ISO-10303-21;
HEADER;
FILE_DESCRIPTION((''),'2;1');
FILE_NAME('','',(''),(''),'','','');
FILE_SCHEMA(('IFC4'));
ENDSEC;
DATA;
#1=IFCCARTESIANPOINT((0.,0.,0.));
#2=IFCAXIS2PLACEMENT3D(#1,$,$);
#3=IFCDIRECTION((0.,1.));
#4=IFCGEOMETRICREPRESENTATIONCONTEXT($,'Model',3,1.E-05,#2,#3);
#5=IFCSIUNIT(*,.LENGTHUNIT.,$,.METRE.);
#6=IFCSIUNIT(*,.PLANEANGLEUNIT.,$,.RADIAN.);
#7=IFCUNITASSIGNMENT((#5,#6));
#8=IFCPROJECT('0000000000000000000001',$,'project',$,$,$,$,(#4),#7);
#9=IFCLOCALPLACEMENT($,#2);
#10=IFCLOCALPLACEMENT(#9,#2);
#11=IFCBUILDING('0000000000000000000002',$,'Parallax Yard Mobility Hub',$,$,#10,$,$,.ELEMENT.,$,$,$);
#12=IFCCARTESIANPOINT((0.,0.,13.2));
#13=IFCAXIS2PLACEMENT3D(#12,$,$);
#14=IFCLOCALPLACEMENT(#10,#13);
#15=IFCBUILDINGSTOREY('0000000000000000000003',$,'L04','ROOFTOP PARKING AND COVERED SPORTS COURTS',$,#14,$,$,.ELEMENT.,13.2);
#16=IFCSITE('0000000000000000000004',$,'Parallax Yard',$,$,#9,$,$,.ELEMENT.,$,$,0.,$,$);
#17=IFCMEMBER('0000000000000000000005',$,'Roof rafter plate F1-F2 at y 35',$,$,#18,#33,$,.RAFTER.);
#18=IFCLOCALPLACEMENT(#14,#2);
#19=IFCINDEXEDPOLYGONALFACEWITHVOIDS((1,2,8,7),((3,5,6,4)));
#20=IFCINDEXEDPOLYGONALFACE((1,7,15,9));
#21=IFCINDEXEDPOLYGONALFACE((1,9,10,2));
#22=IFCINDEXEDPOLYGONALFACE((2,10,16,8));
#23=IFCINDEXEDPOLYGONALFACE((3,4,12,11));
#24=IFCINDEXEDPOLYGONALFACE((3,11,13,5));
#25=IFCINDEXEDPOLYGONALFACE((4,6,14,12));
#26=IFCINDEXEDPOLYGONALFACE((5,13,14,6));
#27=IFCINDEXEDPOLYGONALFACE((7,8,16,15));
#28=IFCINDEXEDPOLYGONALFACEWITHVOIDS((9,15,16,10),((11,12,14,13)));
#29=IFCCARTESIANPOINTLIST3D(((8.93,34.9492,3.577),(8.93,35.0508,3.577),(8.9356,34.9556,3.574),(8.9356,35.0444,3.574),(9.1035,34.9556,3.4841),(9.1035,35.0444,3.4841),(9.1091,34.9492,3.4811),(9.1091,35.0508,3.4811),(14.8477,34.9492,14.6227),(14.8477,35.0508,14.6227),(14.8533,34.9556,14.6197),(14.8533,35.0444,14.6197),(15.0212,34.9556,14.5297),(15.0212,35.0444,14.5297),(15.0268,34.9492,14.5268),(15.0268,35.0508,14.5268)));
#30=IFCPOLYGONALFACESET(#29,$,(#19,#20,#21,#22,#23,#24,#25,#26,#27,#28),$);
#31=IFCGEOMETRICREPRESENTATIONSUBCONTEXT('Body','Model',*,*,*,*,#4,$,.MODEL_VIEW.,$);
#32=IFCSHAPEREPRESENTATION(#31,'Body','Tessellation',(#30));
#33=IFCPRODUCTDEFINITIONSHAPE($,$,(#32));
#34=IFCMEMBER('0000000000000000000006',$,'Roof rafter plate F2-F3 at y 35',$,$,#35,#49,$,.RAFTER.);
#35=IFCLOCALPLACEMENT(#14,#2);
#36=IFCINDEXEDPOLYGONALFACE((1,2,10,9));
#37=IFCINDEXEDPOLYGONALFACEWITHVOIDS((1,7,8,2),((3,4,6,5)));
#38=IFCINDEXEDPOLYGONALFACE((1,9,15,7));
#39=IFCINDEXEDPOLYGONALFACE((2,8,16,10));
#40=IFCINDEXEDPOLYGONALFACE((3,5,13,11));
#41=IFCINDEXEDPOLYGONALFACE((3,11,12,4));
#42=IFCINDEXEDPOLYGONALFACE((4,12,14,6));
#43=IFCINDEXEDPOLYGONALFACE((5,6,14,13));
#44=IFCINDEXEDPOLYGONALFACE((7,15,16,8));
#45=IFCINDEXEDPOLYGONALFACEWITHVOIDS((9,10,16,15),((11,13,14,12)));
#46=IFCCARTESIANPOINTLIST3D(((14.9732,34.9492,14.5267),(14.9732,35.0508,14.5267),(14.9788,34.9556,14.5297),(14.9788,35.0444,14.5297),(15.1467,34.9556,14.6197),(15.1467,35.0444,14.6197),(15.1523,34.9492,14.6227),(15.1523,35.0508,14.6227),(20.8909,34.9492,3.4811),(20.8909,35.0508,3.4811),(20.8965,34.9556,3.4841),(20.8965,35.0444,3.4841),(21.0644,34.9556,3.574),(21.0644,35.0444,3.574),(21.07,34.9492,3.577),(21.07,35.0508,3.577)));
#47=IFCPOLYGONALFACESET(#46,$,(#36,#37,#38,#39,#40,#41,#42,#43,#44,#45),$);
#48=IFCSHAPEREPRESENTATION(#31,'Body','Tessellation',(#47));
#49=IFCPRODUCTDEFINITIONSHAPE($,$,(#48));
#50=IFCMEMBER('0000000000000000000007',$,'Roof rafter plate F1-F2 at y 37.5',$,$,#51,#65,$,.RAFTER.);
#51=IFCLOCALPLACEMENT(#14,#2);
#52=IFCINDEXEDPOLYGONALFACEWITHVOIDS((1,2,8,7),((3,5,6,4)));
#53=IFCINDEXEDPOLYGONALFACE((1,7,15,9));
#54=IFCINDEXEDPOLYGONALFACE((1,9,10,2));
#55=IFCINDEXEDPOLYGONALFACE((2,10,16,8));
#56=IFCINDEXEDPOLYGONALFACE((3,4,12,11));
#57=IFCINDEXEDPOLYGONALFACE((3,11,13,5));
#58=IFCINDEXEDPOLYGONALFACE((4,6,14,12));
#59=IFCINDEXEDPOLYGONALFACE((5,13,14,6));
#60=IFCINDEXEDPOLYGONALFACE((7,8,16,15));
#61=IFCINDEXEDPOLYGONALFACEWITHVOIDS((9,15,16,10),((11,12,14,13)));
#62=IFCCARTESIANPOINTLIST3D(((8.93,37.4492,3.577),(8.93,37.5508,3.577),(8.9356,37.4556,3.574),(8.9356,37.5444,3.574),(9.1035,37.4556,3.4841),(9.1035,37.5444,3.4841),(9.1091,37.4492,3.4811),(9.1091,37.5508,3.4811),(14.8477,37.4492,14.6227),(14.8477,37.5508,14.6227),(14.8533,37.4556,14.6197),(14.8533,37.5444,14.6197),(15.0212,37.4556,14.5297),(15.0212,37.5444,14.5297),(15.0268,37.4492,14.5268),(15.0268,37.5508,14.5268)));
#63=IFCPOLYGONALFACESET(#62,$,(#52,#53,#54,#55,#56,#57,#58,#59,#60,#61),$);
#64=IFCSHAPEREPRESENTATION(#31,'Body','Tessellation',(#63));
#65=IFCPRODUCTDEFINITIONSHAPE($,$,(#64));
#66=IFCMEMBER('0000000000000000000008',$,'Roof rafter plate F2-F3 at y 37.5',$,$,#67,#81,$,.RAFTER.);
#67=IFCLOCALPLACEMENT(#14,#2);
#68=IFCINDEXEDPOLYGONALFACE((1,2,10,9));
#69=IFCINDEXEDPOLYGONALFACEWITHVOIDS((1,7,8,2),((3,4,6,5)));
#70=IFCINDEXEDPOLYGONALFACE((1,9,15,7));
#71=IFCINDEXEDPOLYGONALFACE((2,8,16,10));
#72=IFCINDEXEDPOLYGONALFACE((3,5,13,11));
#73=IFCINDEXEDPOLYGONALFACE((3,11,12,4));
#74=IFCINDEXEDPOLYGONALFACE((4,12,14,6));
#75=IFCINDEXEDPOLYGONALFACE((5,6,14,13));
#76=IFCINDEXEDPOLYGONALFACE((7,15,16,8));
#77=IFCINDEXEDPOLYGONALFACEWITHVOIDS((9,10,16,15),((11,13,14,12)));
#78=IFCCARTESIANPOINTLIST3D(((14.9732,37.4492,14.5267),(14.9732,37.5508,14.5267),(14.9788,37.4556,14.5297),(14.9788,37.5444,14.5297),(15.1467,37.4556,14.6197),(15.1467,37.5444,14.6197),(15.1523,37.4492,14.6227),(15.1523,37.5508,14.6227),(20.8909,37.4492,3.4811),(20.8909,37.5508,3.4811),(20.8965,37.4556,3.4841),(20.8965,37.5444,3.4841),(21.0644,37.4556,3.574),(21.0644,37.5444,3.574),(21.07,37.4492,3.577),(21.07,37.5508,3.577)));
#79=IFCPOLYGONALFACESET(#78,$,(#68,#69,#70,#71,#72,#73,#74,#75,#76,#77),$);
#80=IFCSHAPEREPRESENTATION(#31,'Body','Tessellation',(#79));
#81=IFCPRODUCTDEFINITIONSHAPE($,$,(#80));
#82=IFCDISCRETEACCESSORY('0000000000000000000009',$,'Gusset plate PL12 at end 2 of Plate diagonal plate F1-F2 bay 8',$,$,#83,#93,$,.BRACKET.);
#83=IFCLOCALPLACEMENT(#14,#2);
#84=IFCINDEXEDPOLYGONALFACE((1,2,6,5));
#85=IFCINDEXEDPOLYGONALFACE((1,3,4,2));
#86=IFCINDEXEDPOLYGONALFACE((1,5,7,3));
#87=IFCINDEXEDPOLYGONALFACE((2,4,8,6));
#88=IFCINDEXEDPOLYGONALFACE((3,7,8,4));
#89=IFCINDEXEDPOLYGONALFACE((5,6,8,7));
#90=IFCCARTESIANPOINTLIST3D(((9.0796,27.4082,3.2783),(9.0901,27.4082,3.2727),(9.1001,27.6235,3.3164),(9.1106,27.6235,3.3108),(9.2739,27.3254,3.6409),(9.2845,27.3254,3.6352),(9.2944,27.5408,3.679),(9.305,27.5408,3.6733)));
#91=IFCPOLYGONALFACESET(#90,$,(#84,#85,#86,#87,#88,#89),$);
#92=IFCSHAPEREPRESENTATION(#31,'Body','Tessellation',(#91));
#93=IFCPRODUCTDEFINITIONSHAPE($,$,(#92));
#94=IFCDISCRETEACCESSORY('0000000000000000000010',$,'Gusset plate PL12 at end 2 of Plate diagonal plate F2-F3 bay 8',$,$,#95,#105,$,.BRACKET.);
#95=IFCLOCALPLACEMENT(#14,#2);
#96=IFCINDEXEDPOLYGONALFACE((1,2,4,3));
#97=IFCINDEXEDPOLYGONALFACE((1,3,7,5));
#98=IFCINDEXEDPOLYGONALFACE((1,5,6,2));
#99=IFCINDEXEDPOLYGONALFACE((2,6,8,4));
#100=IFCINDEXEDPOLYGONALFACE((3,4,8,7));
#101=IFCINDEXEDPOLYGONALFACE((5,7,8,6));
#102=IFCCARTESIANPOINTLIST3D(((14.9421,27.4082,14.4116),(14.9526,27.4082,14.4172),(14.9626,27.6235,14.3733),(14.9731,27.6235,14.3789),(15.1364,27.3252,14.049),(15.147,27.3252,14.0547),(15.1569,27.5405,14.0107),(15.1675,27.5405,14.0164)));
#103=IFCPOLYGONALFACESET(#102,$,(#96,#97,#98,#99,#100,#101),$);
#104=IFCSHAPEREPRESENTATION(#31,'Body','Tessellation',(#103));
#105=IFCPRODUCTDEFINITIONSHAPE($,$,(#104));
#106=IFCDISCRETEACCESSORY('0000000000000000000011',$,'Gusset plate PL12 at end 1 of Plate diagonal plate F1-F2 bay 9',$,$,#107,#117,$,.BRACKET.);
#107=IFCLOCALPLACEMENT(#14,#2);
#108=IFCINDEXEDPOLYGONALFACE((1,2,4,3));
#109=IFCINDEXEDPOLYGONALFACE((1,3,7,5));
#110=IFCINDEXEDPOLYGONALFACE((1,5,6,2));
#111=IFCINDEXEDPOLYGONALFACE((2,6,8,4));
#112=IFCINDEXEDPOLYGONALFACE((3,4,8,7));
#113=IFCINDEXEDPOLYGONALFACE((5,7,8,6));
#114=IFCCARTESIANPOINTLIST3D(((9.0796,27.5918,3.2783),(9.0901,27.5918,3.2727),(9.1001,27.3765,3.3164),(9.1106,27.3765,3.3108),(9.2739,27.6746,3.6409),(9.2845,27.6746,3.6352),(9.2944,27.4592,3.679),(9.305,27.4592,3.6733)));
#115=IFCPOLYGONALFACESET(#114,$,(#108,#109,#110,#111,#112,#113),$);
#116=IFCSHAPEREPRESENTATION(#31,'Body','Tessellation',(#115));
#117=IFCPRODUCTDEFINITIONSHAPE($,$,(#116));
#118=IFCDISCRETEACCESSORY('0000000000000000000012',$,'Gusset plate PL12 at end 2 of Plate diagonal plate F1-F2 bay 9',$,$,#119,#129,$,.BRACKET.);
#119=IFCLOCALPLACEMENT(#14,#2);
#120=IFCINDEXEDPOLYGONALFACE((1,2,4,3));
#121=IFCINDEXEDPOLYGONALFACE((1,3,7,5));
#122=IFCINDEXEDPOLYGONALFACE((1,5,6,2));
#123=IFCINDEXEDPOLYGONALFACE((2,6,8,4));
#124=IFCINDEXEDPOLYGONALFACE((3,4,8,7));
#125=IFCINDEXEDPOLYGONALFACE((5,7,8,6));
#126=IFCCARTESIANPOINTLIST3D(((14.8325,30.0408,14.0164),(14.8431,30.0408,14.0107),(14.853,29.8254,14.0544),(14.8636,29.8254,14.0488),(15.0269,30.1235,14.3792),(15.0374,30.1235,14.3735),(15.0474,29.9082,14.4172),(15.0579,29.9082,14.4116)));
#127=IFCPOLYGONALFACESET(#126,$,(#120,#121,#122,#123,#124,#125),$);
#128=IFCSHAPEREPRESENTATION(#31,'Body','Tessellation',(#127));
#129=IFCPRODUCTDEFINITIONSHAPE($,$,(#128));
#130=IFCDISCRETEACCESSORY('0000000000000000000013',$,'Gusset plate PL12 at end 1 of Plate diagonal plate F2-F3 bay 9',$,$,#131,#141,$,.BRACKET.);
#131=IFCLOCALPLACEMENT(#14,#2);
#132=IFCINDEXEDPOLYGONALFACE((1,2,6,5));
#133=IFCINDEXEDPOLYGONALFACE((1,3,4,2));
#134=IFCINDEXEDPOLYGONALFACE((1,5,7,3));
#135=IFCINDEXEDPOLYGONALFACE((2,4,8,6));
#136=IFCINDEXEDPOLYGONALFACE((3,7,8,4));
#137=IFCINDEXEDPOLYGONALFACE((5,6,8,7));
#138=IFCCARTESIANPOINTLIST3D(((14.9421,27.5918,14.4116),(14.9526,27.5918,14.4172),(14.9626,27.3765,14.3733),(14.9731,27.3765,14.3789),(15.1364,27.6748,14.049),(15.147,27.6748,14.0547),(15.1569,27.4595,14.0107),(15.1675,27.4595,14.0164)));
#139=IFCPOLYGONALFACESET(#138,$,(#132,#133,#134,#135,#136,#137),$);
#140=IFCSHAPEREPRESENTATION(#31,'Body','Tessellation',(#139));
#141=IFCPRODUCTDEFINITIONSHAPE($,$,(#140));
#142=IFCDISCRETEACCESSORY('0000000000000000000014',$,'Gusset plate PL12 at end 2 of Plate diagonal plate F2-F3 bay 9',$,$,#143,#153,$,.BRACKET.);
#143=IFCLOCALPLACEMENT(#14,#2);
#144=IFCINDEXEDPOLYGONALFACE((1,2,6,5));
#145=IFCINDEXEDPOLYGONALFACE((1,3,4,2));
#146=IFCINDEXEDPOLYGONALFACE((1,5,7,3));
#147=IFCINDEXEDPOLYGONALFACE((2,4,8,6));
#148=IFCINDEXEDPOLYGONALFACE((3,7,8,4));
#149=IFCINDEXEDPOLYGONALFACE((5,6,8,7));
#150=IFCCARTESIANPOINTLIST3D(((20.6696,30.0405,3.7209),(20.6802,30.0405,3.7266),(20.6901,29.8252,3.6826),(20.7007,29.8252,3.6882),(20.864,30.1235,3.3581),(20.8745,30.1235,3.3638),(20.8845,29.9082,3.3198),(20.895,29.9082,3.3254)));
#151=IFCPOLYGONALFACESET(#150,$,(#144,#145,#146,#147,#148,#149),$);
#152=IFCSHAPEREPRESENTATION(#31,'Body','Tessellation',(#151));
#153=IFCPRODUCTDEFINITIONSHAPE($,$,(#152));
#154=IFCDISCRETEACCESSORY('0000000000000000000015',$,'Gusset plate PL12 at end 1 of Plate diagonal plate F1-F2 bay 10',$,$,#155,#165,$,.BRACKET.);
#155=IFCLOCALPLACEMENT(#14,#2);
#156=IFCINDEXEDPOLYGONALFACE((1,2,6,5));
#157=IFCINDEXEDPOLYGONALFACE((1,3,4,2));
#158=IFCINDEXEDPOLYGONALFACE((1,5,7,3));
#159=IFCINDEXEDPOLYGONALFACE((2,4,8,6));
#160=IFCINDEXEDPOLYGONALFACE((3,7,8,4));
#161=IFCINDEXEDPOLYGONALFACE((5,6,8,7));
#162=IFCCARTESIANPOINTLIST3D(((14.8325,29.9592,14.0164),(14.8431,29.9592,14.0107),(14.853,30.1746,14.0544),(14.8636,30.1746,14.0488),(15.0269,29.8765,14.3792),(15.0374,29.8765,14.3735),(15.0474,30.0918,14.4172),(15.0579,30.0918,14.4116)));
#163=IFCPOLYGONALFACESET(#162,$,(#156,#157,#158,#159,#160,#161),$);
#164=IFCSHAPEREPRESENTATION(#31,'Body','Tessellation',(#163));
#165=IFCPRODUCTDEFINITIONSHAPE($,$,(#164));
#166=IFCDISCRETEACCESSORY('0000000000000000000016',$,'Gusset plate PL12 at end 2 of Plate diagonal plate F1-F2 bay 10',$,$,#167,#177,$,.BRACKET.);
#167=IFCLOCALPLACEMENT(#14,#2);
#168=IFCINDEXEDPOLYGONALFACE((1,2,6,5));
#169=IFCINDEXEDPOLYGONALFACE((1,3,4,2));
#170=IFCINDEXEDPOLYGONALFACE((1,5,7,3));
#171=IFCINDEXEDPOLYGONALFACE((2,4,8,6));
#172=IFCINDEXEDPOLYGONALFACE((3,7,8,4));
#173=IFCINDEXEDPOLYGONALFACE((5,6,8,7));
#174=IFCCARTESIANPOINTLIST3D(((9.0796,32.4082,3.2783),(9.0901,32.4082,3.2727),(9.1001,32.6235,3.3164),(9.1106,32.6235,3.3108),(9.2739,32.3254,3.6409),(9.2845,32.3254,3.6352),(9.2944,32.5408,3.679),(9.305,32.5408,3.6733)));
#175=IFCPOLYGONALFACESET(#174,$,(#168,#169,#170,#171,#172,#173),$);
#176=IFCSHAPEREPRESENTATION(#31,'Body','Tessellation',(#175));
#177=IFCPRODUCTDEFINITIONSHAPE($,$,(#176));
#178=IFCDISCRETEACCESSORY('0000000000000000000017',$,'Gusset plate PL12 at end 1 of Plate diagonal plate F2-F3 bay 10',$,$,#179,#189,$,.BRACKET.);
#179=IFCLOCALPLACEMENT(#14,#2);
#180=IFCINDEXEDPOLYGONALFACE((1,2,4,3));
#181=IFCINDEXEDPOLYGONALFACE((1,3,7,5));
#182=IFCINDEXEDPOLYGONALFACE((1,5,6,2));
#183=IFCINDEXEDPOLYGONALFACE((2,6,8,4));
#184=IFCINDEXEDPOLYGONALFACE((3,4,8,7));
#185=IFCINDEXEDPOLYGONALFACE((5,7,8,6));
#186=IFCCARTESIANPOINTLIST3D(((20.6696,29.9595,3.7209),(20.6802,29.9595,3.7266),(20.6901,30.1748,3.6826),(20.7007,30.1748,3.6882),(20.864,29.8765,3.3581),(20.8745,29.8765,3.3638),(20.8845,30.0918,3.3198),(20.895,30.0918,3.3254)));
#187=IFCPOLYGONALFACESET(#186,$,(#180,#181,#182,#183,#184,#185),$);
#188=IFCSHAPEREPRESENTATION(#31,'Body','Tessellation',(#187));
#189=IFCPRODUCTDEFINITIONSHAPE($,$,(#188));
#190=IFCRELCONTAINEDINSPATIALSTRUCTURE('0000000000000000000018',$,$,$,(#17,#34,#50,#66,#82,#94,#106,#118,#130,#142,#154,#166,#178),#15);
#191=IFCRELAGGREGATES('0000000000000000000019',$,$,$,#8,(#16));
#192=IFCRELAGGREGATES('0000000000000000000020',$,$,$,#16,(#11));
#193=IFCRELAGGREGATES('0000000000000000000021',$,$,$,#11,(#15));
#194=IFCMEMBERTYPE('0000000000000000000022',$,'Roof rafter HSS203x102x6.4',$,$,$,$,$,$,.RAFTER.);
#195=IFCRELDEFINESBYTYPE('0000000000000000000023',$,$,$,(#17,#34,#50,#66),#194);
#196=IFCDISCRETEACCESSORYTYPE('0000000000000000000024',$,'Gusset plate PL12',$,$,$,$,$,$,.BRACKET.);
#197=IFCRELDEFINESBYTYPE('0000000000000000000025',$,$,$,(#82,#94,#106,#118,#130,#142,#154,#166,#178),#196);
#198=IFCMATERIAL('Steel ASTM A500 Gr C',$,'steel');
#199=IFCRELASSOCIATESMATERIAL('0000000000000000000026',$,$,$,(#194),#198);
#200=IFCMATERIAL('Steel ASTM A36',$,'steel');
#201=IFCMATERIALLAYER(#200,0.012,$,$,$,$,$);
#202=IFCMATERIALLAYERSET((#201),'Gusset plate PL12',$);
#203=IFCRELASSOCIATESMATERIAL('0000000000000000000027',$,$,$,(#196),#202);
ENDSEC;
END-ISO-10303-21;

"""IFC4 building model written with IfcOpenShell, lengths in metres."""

from ifc_helpers import new_model, si_unit, direction, frame, origin, origin_2d, place, context, subcontext, project, spatial, polyline, hollow_rectangle, outline, extrude, material, layer, layer_set, material_profile, profile_set, type_object, element, save


model = new_model("IFC4")

# Units and contexts
model_context = context("Model", 3, precision=1e-05, world=origin(), true_north=direction((0.0, 1.0)))
body_context = subcontext(model_context, "Body", "Model", "MODEL_VIEW")
ifc_project = project(units=[si_unit("LENGTHUNIT", "METRE"), si_unit("PLANEANGLEUNIT", "RADIAN")], contexts=[model_context])

# Site, building, storey
site_placement = place(None, origin())
site = spatial("IfcSite", under=ifc_project, at=site_placement, Name="Parallax Yard", CompositionType="ELEMENT", RefElevation=0.0)
building_placement = place(site_placement, origin())
building = spatial("IfcBuilding", under=site, at=building_placement, Name="Parallax Yard Mobility Hub", CompositionType="ELEMENT")
storey_placement = place(building_placement, frame((0.0, 0.0, 13.2)))
storey = spatial("IfcBuildingStorey", under=building, at=storey_placement, Name="L04", Description="ROOFTOP PARKING AND COVERED SPORTS COURTS", CompositionType="ELEMENT", Elevation=13.2)

# Members
ifc_material_1 = material(Name="Steel ASTM A500 Gr C", Category="steel")
ifc_material_profile_1 = material_profile(ifc_material_1, hollow_rectangle(XDim=0.1016, YDim=0.2031, WallThickness=0.0063, at=origin_2d()), Name="HSS203x102x6.4")
ifc_profile_set_1 = profile_set([ifc_material_profile_1], Name="Steel ASTM A500 Gr C")
member_type_1 = type_object("IfcMemberType", Name="Roof rafter HSS203x102x6.4", PredefinedType="RAFTER", material=ifc_profile_set_1)
for number, where, z_axis, x_axis, name in (
    (1, (9.0195, 35.0, 3.5291), (0.472247, 0.0, 0.881466), (0.0, 1.0, 0.0), "Roof rafter plate F1-F2 at y 35"),
    (2, (15.0627, 35.0, 14.5747), (0.472247, 0.0, -0.881466), (0.0, 1.0, 0.0), "Roof rafter plate F2-F3 at y 35"),
    (3, (9.0195, 37.5, 3.5291), (0.472247, 0.0, 0.881466), (0.0, 1.0, 0.0), "Roof rafter plate F1-F2 at y 37.5"),
    (4, (15.0627, 37.5, 14.5747), (0.472247, 0.0, -0.881466), (0.0, 1.0, 0.0), "Roof rafter plate F2-F3 at y 37.5"),
):
    element("IfcMember", number, at=place(storey_placement, frame(where, z_axis=z_axis, x_axis=x_axis)), inside=storey, type_object=member_type_1, Name=name, PredefinedType="RAFTER", context=body_context, shape_type="SweptSolid", body=[
        extrude(hollow_rectangle(XDim=0.1016, YDim=0.2031, WallThickness=0.0063, at=origin_2d()), origin(), (0.0, 0.0, 1.0), 12.531),
    ])

# Discrete accessories
ifc_material_2 = material(Name="Steel ASTM A36", Category="steel")
ifc_layer = layer(ifc_material_2, 0.012)
ifc_layer_set = layer_set([ifc_layer], Name="Gusset plate PL12")
discrete_accessory_type = type_object("IfcDiscreteAccessoryType", Name="Gusset plate PL12", PredefinedType="BRACKET", material=ifc_layer_set)
discrete_accessory_1_placement = place(storey_placement, frame((9.2944, 27.5408, 3.679), z_axis=(-0.881331, 0.000365, 0.4725), x_axis=(-0.463154, 0.197248, -0.86405)))
element("IfcDiscreteAccessory", 5, at=discrete_accessory_1_placement, inside=storey, type_object=discrete_accessory_type, Name="Gusset plate PL12 at end 2 of Plate diagonal plate F1-F2 bay 8", PredefinedType="BRACKET", context=body_context, shape_type="SweptSolid", body=[
    extrude(outline(polyline([(0.0, 0.0), (0.4196, 0.0), (0.4195, 0.2196), (-0.0001, 0.2196), (0.0, 0.0)])), origin(), (0.0, 0.0, -1.0), 0.012),
])
discrete_accessory_2_placement = place(storey_placement, frame((15.1675, 27.5405, 14.0164), z_axis=(0.88138, 0.00015, 0.472409), x_axis=(-0.463101, 0.197807, 0.86395)))
element("IfcDiscreteAccessory", 6, at=discrete_accessory_2_placement, inside=storey, type_object=discrete_accessory_type, Name="Gusset plate PL12 at end 2 of Plate diagonal plate F2-F3 bay 8", PredefinedType="BRACKET", context=body_context, shape_type="SweptSolid", body=[
    extrude(outline(polyline([(0.0, 0.0), (0.4196, 0.0), (0.4197, 0.2197), (0.0, 0.2197), (0.0, 0.0)])), origin(), (0.0, 0.0, -1.0), 0.012),
])
discrete_accessory_3_placement = place(storey_placement, frame((9.2739, 27.6746, 3.6409), z_axis=(-0.881331, -0.000365, 0.4725), x_axis=(-0.463154, -0.197248, -0.86405)))
element("IfcDiscreteAccessory", 7, at=discrete_accessory_3_placement, inside=storey, type_object=discrete_accessory_type, Name="Gusset plate PL12 at end 1 of Plate diagonal plate F1-F2 bay 9", PredefinedType="BRACKET", context=body_context, shape_type="SweptSolid", body=[
    extrude(outline(polyline([(0.0, 0.0), (0.4196, 0.0), (0.4197, 0.2196), (0.0001, 0.2196), (0.0, 0.0)])), origin(), (0.0, 0.0, -1.0), 0.012),
])
discrete_accessory_4_placement = place(storey_placement, frame((14.853, 29.8254, 14.0544), z_axis=(-0.881458, -0.000419, 0.472263), x_axis=(0.462921, 0.197149, 0.864197)))
element("IfcDiscreteAccessory", 8, at=discrete_accessory_4_placement, inside=storey, type_object=discrete_accessory_type, Name="Gusset plate PL12 at end 2 of Plate diagonal plate F1-F2 bay 9", PredefinedType="BRACKET", context=body_context, shape_type="SweptSolid", body=[
    extrude(outline(polyline([(0.0, 0.0), (0.4198, 0.0), (0.4198, 0.2196), (0.0, 0.2196), (0.0, 0.0)])), origin(), (0.0, 0.0, -1.0), 0.012),
])
discrete_accessory_5_placement = place(storey_placement, frame((15.147, 27.6748, 14.0547), z_axis=(0.88138, -0.00015, 0.472409), x_axis=(-0.463101, -0.197807, 0.86395)))
element("IfcDiscreteAccessory", 9, at=discrete_accessory_5_placement, inside=storey, type_object=discrete_accessory_type, Name="Gusset plate PL12 at end 1 of Plate diagonal plate F2-F3 bay 9", PredefinedType="BRACKET", context=body_context, shape_type="SweptSolid", body=[
    extrude(outline(polyline([(0.0, 0.0), (0.4196, 0.0), (0.4196, 0.2197), (0.0, 0.2197), (0.0, 0.0)])), origin(), (0.0, 0.0, -1.0), 0.012),
])
discrete_accessory_6_placement = place(storey_placement, frame((20.7007, 29.8252, 3.6882), z_axis=(0.881507, -0.000096, 0.472171), x_axis=(0.462868, 0.197707, -0.864098)))
element("IfcDiscreteAccessory", 10, at=discrete_accessory_6_placement, inside=storey, type_object=discrete_accessory_type, Name="Gusset plate PL12 at end 2 of Plate diagonal plate F2-F3 bay 9", PredefinedType="BRACKET", context=body_context, shape_type="SweptSolid", body=[
    extrude(outline(polyline([(0.0, 0.0), (0.4199, 0.0), (0.4198, 0.2197), (0.0, 0.2197), (0.0, 0.0)])), origin(), (0.0, 0.0, -1.0), 0.012),
])
discrete_accessory_7_placement = place(storey_placement, frame((14.8325, 29.9592, 14.0164), z_axis=(-0.881458, 0.000419, 0.472263), x_axis=(0.462921, -0.197149, 0.864197)))
element("IfcDiscreteAccessory", 11, at=discrete_accessory_7_placement, inside=storey, type_object=discrete_accessory_type, Name="Gusset plate PL12 at end 1 of Plate diagonal plate F1-F2 bay 10", PredefinedType="BRACKET", context=body_context, shape_type="SweptSolid", body=[
    extrude(outline(polyline([(0.0, 0.0), (0.4198, 0.0), (0.4198, 0.2196), (0.0, 0.2196), (0.0, 0.0)])), origin(), (0.0, 0.0, -1.0), 0.012),
])
discrete_accessory_8_placement = place(storey_placement, frame((9.2944, 32.5408, 3.679), z_axis=(-0.881331, 0.000365, 0.4725), x_axis=(-0.463154, 0.197248, -0.86405)))
element("IfcDiscreteAccessory", 12, at=discrete_accessory_8_placement, inside=storey, type_object=discrete_accessory_type, Name="Gusset plate PL12 at end 2 of Plate diagonal plate F1-F2 bay 10", PredefinedType="BRACKET", context=body_context, shape_type="SweptSolid", body=[
    extrude(outline(polyline([(0.0, 0.0), (0.4196, 0.0), (0.4195, 0.2196), (-0.0001, 0.2196), (0.0, 0.0)])), origin(), (0.0, 0.0, -1.0), 0.012),
])
discrete_accessory_9_placement = place(storey_placement, frame((20.6802, 29.9595, 3.7266), z_axis=(0.881507, 0.000096, 0.472171), x_axis=(0.462868, -0.197707, -0.864098)))
element("IfcDiscreteAccessory", 13, at=discrete_accessory_9_placement, inside=storey, type_object=discrete_accessory_type, Name="Gusset plate PL12 at end 1 of Plate diagonal plate F2-F3 bay 10", PredefinedType="BRACKET", context=body_context, shape_type="SweptSolid", body=[
    extrude(outline(polyline([(0.0, 0.0), (0.4199, 0.0), (0.4199, 0.2197), (0.0, 0.2197), (0.0, 0.0)])), origin(), (0.0, 0.0, -1.0), 0.012),
])

save(model, "model.ifc")
